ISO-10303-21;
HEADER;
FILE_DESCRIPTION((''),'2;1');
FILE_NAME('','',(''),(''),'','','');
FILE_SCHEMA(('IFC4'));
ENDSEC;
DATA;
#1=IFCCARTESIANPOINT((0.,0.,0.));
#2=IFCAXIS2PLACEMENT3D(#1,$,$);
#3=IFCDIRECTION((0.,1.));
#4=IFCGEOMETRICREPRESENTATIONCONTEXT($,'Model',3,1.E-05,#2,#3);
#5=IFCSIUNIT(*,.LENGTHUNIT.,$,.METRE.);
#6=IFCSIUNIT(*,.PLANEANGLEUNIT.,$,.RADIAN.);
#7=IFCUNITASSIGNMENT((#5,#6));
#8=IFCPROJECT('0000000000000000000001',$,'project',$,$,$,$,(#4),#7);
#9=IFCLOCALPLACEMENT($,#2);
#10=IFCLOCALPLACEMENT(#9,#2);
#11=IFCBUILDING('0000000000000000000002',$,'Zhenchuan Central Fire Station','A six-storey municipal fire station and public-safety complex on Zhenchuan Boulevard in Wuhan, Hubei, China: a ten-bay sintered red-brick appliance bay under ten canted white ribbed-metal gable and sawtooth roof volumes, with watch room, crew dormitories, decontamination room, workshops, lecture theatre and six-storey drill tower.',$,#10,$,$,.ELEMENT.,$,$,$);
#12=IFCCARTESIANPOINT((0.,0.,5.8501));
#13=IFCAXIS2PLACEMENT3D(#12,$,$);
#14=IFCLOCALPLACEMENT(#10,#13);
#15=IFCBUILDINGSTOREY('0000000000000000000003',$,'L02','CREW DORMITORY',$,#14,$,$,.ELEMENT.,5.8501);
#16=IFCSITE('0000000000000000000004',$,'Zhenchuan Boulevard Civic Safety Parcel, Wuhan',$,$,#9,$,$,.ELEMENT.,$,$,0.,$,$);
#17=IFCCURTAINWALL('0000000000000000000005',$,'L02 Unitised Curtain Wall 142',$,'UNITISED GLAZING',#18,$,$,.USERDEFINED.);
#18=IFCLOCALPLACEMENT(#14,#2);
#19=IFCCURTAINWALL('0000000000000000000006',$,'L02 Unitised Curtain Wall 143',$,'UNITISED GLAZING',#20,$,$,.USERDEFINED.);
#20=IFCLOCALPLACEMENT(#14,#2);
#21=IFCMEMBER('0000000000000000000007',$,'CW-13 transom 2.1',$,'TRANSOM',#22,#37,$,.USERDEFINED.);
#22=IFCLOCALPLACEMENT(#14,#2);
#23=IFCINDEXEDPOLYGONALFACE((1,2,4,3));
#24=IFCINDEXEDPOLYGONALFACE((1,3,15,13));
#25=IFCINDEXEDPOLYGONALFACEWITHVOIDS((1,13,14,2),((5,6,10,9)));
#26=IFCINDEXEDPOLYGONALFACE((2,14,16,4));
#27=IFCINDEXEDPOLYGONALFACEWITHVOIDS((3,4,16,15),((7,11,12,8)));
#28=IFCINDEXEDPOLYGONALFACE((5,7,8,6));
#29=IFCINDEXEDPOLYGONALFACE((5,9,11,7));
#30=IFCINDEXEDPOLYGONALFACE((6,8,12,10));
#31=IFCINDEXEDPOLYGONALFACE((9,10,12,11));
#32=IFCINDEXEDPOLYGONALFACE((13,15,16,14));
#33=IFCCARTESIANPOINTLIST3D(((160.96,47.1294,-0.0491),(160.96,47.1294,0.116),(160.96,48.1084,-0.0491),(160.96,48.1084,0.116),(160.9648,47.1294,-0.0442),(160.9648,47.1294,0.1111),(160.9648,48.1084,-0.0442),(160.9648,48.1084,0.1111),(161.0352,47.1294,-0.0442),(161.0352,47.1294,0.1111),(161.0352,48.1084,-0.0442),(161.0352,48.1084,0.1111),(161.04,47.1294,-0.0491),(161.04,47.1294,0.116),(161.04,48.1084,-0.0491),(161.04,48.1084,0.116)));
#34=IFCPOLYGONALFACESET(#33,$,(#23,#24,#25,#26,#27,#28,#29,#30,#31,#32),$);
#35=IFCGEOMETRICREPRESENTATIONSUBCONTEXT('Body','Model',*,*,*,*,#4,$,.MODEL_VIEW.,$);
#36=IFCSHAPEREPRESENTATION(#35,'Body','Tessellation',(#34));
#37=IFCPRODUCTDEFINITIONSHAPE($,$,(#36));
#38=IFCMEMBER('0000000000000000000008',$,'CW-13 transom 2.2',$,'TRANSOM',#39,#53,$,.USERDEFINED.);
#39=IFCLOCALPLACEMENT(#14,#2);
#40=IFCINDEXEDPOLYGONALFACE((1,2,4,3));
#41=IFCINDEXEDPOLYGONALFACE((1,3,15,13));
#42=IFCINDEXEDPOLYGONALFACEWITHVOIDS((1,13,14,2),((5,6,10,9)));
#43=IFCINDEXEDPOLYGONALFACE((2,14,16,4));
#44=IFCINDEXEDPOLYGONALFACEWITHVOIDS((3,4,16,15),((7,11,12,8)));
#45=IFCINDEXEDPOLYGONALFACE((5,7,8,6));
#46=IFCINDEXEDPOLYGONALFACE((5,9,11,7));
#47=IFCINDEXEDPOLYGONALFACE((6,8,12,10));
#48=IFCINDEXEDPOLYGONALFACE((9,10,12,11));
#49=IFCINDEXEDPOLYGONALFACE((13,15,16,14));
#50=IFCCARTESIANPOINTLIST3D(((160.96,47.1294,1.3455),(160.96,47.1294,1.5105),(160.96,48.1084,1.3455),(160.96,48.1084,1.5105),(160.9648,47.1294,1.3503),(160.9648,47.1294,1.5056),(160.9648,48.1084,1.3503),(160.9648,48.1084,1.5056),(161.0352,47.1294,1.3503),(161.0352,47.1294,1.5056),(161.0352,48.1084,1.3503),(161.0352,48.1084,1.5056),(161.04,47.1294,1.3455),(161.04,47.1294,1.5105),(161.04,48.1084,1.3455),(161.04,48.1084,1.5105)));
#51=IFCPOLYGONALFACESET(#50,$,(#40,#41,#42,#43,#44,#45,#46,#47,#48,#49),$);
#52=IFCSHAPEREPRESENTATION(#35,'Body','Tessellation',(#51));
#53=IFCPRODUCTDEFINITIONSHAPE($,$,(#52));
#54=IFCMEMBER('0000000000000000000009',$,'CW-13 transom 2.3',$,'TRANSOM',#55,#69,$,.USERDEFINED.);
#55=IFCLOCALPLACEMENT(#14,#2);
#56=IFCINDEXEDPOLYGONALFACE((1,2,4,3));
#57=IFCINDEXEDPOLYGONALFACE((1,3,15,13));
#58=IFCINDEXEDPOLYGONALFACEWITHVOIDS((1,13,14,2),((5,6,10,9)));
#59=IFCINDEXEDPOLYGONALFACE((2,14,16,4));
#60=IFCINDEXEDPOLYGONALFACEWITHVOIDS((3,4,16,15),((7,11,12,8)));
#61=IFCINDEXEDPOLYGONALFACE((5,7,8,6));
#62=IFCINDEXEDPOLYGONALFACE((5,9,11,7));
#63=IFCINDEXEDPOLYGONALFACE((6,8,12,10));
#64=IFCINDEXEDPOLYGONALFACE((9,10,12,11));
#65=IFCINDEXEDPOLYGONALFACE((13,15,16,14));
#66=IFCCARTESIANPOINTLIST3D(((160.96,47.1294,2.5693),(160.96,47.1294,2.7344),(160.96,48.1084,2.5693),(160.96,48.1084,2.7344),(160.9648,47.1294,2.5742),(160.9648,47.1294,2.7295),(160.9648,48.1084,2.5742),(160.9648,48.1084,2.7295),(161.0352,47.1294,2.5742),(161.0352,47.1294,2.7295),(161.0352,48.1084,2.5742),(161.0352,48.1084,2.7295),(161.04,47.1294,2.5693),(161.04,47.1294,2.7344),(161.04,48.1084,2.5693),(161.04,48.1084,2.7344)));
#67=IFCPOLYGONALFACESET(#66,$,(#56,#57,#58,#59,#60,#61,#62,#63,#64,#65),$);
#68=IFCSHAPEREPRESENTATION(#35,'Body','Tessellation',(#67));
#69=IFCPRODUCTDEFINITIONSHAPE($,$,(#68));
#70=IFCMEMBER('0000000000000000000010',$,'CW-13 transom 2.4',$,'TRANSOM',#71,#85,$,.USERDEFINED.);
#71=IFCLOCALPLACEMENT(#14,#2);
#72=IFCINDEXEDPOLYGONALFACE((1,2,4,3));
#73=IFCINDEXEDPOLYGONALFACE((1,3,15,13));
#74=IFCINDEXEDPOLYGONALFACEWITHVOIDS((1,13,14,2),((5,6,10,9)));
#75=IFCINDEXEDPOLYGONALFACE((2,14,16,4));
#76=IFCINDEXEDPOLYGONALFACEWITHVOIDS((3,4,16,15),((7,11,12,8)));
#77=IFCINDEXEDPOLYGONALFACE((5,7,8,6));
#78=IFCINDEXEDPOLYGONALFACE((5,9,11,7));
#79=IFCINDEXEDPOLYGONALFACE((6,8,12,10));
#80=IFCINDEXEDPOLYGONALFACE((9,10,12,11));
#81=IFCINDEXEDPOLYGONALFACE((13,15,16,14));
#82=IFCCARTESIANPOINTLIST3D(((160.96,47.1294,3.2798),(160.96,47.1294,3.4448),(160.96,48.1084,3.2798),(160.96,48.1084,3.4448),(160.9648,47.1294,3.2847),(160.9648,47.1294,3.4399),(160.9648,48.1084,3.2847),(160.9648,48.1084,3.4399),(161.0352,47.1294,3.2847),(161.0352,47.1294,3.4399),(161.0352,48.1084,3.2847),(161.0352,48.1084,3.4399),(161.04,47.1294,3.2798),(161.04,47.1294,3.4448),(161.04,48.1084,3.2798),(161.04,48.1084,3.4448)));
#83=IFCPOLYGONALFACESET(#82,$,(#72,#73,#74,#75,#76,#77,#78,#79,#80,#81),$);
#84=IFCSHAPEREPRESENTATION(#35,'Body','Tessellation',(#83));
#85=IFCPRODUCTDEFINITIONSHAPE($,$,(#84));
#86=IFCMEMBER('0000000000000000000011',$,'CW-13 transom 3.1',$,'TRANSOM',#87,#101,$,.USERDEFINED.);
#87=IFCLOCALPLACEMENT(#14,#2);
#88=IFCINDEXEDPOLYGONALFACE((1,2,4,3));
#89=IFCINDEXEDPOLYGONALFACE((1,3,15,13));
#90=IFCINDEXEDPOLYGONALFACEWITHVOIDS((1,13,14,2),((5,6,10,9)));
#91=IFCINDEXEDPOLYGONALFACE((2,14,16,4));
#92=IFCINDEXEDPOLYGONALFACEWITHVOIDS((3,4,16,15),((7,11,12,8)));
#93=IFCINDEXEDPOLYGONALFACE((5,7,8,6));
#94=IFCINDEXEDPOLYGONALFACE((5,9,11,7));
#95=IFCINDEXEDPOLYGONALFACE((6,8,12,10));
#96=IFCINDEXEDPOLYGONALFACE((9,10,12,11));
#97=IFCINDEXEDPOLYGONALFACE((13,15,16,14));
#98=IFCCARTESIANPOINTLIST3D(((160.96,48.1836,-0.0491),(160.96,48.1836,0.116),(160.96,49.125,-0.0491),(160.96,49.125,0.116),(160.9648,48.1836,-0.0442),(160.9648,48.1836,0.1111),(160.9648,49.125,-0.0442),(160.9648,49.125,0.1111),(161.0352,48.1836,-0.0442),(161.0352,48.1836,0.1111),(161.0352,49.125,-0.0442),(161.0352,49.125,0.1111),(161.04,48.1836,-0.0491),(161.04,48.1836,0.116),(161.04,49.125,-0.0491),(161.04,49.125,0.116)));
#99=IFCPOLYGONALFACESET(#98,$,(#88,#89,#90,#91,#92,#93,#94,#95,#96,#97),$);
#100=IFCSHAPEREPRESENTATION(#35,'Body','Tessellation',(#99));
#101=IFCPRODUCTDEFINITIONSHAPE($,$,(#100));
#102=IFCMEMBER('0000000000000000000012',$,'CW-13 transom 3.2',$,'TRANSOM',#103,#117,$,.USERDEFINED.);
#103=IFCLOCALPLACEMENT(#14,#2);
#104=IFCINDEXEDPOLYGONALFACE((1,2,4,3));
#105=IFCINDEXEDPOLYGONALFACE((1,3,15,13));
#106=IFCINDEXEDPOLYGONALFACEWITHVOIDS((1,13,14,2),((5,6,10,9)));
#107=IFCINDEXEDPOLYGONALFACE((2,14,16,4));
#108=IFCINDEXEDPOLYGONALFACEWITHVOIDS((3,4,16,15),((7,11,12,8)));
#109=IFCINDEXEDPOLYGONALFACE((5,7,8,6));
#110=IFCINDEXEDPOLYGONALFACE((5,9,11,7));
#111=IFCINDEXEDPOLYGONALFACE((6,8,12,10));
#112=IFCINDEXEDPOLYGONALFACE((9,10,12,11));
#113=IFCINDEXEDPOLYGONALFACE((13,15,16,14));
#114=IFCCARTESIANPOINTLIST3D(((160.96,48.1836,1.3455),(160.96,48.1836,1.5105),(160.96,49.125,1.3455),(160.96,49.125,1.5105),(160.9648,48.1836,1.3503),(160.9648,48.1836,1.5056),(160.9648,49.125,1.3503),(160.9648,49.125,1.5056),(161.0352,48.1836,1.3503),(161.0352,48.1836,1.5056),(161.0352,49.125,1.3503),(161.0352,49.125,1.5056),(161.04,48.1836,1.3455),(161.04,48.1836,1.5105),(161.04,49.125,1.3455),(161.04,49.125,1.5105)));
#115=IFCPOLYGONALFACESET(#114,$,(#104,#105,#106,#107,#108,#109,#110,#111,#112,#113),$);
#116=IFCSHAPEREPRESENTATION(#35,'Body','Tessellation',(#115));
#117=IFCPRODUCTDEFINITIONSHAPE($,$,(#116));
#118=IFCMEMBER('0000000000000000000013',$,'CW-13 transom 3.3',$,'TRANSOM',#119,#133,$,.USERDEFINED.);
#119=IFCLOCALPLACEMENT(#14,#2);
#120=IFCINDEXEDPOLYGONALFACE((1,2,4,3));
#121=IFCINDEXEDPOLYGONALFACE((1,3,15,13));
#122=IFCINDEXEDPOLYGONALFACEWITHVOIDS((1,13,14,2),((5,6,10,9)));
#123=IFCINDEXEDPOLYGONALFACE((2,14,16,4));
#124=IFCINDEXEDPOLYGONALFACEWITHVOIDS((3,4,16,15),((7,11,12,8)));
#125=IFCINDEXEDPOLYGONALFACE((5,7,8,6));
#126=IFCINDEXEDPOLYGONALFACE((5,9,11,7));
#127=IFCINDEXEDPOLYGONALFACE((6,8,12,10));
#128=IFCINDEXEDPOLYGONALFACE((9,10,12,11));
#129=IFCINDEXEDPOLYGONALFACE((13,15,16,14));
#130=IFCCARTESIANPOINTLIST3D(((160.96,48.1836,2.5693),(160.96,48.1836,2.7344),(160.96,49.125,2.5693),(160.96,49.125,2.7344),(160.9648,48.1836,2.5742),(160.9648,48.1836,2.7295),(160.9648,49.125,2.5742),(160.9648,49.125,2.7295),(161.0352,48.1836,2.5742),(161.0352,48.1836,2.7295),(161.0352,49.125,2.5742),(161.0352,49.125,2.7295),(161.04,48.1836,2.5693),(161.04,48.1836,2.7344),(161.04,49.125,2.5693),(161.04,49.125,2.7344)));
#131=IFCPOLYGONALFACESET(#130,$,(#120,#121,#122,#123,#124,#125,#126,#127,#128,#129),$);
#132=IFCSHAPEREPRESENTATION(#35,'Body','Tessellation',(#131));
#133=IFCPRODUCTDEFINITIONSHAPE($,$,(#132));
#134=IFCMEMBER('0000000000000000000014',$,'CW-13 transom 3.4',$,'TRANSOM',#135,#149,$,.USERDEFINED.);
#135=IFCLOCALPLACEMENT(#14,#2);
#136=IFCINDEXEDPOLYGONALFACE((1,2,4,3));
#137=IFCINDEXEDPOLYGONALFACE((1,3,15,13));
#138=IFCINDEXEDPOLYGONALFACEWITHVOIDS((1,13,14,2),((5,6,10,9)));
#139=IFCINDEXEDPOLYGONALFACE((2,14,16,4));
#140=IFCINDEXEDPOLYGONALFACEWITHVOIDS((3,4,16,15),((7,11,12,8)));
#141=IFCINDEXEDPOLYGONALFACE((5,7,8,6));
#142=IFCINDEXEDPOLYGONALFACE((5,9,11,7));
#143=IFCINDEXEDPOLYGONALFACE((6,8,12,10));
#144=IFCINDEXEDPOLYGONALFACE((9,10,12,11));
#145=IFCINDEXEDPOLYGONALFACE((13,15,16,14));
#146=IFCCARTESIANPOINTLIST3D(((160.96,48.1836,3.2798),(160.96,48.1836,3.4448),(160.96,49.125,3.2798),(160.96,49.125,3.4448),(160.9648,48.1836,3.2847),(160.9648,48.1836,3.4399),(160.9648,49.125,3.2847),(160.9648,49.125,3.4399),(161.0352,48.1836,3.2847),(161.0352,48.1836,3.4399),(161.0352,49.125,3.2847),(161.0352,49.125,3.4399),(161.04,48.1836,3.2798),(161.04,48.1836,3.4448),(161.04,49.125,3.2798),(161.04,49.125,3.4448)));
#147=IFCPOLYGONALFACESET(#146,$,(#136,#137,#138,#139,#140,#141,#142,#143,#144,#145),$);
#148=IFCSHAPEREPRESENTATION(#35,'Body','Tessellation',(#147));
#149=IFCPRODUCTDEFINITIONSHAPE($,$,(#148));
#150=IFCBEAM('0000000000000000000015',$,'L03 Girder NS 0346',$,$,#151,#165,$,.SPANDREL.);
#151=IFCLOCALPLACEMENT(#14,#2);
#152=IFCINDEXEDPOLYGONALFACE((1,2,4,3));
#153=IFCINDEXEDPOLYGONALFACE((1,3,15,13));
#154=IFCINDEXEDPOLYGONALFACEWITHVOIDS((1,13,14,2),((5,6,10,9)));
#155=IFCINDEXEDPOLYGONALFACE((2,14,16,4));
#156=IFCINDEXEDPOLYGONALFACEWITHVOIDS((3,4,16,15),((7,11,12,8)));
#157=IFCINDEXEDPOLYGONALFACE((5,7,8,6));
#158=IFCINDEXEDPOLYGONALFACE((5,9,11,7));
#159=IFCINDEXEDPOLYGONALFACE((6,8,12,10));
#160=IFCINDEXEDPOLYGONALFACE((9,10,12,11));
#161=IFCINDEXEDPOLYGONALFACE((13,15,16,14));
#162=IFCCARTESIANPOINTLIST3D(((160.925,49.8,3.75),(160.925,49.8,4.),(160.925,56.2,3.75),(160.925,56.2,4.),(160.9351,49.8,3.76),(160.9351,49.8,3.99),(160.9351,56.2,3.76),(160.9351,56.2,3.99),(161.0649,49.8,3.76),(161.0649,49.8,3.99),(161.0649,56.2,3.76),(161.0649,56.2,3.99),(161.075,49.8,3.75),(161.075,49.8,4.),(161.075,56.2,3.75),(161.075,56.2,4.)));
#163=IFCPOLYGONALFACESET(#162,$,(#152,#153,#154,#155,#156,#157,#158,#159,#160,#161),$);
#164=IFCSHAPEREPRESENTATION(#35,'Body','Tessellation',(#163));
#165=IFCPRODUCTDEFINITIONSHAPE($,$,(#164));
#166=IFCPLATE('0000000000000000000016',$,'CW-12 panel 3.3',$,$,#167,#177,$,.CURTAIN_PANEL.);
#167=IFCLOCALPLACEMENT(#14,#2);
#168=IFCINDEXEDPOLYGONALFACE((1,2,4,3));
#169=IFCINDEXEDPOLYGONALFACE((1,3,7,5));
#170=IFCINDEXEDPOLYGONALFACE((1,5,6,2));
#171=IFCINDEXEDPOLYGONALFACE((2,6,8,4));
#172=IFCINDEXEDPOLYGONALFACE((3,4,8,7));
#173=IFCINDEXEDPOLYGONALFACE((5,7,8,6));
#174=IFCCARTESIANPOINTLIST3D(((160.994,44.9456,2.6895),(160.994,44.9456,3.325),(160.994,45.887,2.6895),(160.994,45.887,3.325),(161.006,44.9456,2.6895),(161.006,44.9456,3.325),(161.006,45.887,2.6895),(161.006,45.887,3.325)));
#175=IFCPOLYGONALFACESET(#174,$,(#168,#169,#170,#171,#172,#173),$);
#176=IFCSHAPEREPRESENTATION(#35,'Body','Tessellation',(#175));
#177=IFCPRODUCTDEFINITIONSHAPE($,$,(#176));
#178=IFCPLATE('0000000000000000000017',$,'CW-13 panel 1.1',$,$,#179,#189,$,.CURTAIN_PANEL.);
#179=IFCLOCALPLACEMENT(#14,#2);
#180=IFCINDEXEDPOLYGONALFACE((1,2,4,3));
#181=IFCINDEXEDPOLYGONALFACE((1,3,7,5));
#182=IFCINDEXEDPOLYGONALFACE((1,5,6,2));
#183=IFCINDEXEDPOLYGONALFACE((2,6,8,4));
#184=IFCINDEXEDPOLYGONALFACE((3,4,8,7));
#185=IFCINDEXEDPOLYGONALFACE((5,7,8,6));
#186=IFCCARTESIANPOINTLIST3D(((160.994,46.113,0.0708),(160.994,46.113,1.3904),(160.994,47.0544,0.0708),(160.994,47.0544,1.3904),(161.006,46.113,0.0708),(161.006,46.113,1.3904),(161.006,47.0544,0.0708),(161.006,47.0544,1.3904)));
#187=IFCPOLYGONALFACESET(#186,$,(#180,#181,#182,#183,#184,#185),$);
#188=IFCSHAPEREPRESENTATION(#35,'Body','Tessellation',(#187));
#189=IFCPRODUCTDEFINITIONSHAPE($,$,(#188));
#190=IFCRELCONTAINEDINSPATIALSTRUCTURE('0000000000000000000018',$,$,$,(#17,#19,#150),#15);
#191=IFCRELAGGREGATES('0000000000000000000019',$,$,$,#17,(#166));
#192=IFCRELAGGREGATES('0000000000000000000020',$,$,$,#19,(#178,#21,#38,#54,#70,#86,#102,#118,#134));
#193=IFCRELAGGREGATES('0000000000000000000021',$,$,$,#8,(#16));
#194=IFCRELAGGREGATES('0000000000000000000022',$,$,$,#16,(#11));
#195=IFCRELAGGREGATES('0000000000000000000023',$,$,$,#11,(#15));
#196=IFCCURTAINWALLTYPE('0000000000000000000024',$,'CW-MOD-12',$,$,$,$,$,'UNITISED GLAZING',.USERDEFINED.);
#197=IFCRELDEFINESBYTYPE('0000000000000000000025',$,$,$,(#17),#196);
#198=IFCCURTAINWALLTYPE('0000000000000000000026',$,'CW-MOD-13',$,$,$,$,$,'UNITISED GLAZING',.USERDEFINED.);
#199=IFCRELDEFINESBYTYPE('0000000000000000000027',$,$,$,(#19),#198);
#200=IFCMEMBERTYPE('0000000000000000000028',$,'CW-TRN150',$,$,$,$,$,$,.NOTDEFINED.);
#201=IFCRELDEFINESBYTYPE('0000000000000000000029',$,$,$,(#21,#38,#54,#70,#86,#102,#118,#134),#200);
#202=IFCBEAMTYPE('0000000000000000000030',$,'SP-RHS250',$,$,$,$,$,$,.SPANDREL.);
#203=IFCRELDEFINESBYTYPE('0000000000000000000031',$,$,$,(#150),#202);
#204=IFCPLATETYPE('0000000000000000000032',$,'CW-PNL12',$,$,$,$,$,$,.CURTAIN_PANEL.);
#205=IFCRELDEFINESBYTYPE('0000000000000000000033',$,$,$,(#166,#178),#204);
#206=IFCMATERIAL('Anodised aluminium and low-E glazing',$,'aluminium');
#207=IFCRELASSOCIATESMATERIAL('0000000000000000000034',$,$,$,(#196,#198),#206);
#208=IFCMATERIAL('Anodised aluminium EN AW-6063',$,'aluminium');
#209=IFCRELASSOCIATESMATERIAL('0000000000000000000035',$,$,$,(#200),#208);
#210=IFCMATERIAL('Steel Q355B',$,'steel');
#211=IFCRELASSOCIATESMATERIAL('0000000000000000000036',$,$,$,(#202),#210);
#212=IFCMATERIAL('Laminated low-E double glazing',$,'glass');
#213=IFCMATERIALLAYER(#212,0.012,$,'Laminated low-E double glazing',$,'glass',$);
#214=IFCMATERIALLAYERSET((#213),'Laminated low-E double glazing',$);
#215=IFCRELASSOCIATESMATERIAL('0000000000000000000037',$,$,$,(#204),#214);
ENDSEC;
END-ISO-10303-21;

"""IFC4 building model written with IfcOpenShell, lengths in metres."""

from ifc_helpers import new_model, si_unit, direction, frame, origin, origin_2d, place, context, subcontext, project, spatial, rectangle, hollow_rectangle, extrude, material, layer, layer_set, material_profile, profile_set, type_object, element, aggregate, save


model = new_model("IFC4")

# Units and contexts
model_context = context("Model", 3, precision=1e-05, world=origin(), true_north=direction((0.0, 1.0)))
body_context = subcontext(model_context, "Body", "Model", "MODEL_VIEW")
ifc_project = project(units=[si_unit("LENGTHUNIT", "METRE"), si_unit("PLANEANGLEUNIT", "RADIAN")], contexts=[model_context])

# Site, building, storey
site_placement = place(None, origin())
site = spatial("IfcSite", under=ifc_project, at=site_placement, Name="Zhenchuan Boulevard Civic Safety Parcel, Wuhan", CompositionType="ELEMENT", RefElevation=0.0)
building_placement = place(site_placement, origin())
building = spatial("IfcBuilding", under=site, at=building_placement, Name="Zhenchuan Central Fire Station", Description="A six-storey municipal fire station and public-safety complex on Zhenchuan Boulevard in Wuhan, Hubei, China: a ten-bay sintered red-brick appliance bay under ten canted white ribbed-metal gable and sawtooth roof volumes, with watch room, crew dormitories, decontamination room, workshops, lecture theatre and six-storey drill tower.", CompositionType="ELEMENT")
storey_placement = place(building_placement, frame((0.0, 0.0, 5.8501)))
storey = spatial("IfcBuildingStorey", under=building, at=storey_placement, Name="L02", Description="CREW DORMITORY", CompositionType="ELEMENT", Elevation=5.8501)

# Curtain wall
ifc_material_1 = material(Name="Anodised aluminium and low-E glazing", Category="aluminium")
curtain_wall_type_1 = type_object("IfcCurtainWallType", Name="CW-MOD-12", ElementType="UNITISED GLAZING", PredefinedType="USERDEFINED", material=ifc_material_1)
curtain_wall_1_placement = place(storey_placement, origin())
curtain_wall_1 = element("IfcCurtainWall", 1, at=curtain_wall_1_placement, inside=storey, type_object=curtain_wall_type_1, Name="L02 Unitised Curtain Wall 142", ObjectType="UNITISED GLAZING", PredefinedType="USERDEFINED")
ifc_material_2 = material(Name="Anodised aluminium EN AW-6063", Category="aluminium")

# Curtain wall, members
curtain_wall_type_2 = type_object("IfcCurtainWallType", Name="CW-MOD-13", ElementType="UNITISED GLAZING", PredefinedType="USERDEFINED", material=ifc_material_1)
curtain_wall_2_placement = place(storey_placement, origin())
curtain_wall_2 = element("IfcCurtainWall", 2, at=curtain_wall_2_placement, inside=storey, type_object=curtain_wall_type_2, Name="L02 Unitised Curtain Wall 143", ObjectType="UNITISED GLAZING", PredefinedType="USERDEFINED")
ifc_material_profile_1 = material_profile(ifc_material_2, hollow_rectangle(XDim=0.0801, YDim=0.165, WallThickness=0.0049, at=origin_2d()), Name="ALU-T 165x80")
ifc_profile_set_1 = profile_set([ifc_material_profile_1], Name="Anodised aluminium EN AW-6063")
member_type_1 = type_object("IfcMemberType", Name="CW-TRN150", PredefinedType="NOTDEFINED", material=ifc_profile_set_1)
member_1_placement = place(storey_placement, frame((161.0, 47.1294, 0.0334), z_axis=(0.0, 1.0, 0.0), x_axis=(-1.0, 0.0, 0.0)))
member_1 = element("IfcMember", 3, at=member_1_placement, type_object=member_type_1, Name="CW-13 transom 2.1", ObjectType="TRANSOM", PredefinedType="USERDEFINED", context=body_context, shape_type="SweptSolid", body=[
    extrude(hollow_rectangle(XDim=0.0801, YDim=0.165, WallThickness=0.0049, at=origin_2d()), origin(), (0.0, 0.0, 1.0), 0.979),
])
member_2_placement = place(storey_placement, frame((161.0, 47.1294, 1.428), z_axis=(0.0, 1.0, 0.0), x_axis=(-1.0, 0.0, 0.0)))
member_2 = element("IfcMember", 4, at=member_2_placement, type_object=member_type_1, Name="CW-13 transom 2.2", ObjectType="TRANSOM", PredefinedType="USERDEFINED", context=body_context, shape_type="SweptSolid", body=[
    extrude(hollow_rectangle(XDim=0.0801, YDim=0.165, WallThickness=0.0049, at=origin_2d()), origin(), (0.0, 0.0, 1.0), 0.979),
])
member_3_placement = place(storey_placement, frame((161.0, 47.1294, 2.6519), z_axis=(0.0, 1.0, 0.0), x_axis=(-1.0, 0.0, 0.0)))
member_3 = element("IfcMember", 5, at=member_3_placement, type_object=member_type_1, Name="CW-13 transom 2.3", ObjectType="TRANSOM", PredefinedType="USERDEFINED", context=body_context, shape_type="SweptSolid", body=[
    extrude(hollow_rectangle(XDim=0.0801, YDim=0.165, WallThickness=0.0049, at=origin_2d()), origin(), (0.0, 0.0, 1.0), 0.979),
])
member_4_placement = place(storey_placement, frame((161.0, 47.1294, 3.3623), z_axis=(0.0, 1.0, 0.0), x_axis=(-1.0, 0.0, 0.0)))
member_4 = element("IfcMember", 6, at=member_4_placement, type_object=member_type_1, Name="CW-13 transom 2.4", ObjectType="TRANSOM", PredefinedType="USERDEFINED", context=body_context, shape_type="SweptSolid", body=[
    extrude(hollow_rectangle(XDim=0.0801, YDim=0.165, WallThickness=0.0049, at=origin_2d()), origin(), (0.0, 0.0, 1.0), 0.979),
])
member_5_placement = place(storey_placement, frame((161.0, 48.1836, 0.0334), z_axis=(0.0, 1.0, 0.0), x_axis=(-1.0, 0.0, 0.0)))
member_5 = element("IfcMember", 7, at=member_5_placement, type_object=member_type_1, Name="CW-13 transom 3.1", ObjectType="TRANSOM", PredefinedType="USERDEFINED", context=body_context, shape_type="SweptSolid", body=[
    extrude(hollow_rectangle(XDim=0.0801, YDim=0.165, WallThickness=0.0049, at=origin_2d()), origin(), (0.0, 0.0, 1.0), 0.9414),
])
member_6_placement = place(storey_placement, frame((161.0, 48.1836, 1.428), z_axis=(0.0, 1.0, 0.0), x_axis=(-1.0, 0.0, 0.0)))
member_6 = element("IfcMember", 8, at=member_6_placement, type_object=member_type_1, Name="CW-13 transom 3.2", ObjectType="TRANSOM", PredefinedType="USERDEFINED", context=body_context, shape_type="SweptSolid", body=[
    extrude(hollow_rectangle(XDim=0.0801, YDim=0.165, WallThickness=0.0049, at=origin_2d()), origin(), (0.0, 0.0, 1.0), 0.9414),
])
member_7_placement = place(storey_placement, frame((161.0, 48.1836, 2.6519), z_axis=(0.0, 1.0, 0.0), x_axis=(-1.0, 0.0, 0.0)))
member_7 = element("IfcMember", 9, at=member_7_placement, type_object=member_type_1, Name="CW-13 transom 3.3", ObjectType="TRANSOM", PredefinedType="USERDEFINED", context=body_context, shape_type="SweptSolid", body=[
    extrude(hollow_rectangle(XDim=0.0801, YDim=0.165, WallThickness=0.0049, at=origin_2d()), origin(), (0.0, 0.0, 1.0), 0.9414),
])
member_8_placement = place(storey_placement, frame((161.0, 48.1836, 3.3623), z_axis=(0.0, 1.0, 0.0), x_axis=(-1.0, 0.0, 0.0)))
member_8 = element("IfcMember", 10, at=member_8_placement, type_object=member_type_1, Name="CW-13 transom 3.4", ObjectType="TRANSOM", PredefinedType="USERDEFINED", context=body_context, shape_type="SweptSolid", body=[
    extrude(hollow_rectangle(XDim=0.0801, YDim=0.165, WallThickness=0.0049, at=origin_2d()), origin(), (0.0, 0.0, 1.0), 0.9414),
])

# Beam
ifc_material_3 = material(Name="Steel Q355B", Category="steel")
ifc_material_profile_2 = material_profile(ifc_material_3, hollow_rectangle(XDim=0.1499, YDim=0.25, WallThickness=0.01, at=origin_2d()), Name="RHS 250x150x10")
ifc_profile_set_2 = profile_set([ifc_material_profile_2], Name="Steel Q355B")
beam_type = type_object("IfcBeamType", Name="SP-RHS250", PredefinedType="SPANDREL", material=ifc_profile_set_2)
beam_placement = place(storey_placement, frame((161.0, 49.8, 3.875), z_axis=(0.0, 1.0, 0.0), x_axis=(-1.0, 0.0, 0.0)))
element("IfcBeam", 11, at=beam_placement, inside=storey, type_object=beam_type, Name="L03 Girder NS 0346", PredefinedType="SPANDREL", context=body_context, shape_type="SweptSolid", body=[
    extrude(hollow_rectangle(XDim=0.1499, YDim=0.25, WallThickness=0.01, at=origin_2d()), origin(), (0.0, 0.0, 1.0), 6.3999),
])

# Plates
ifc_material_4 = material(Name="Laminated low-E double glazing", Category="glass")
ifc_layer_1 = layer(ifc_material_4, 0.012, Name="Laminated low-E double glazing", Category="glass")
ifc_layer_set_1 = layer_set([ifc_layer_1], Name="Laminated low-E double glazing")
plate_type_1 = type_object("IfcPlateType", Name="CW-PNL12", PredefinedType="CURTAIN_PANEL", material=ifc_layer_set_1)
plate_1_placement = place(storey_placement, frame((161.0, 45.4163, 2.6895), z_axis=(0.0, 0.0, 1.0), x_axis=(0.0, 1.0, 0.0)))
plate_1 = element("IfcPlate", 12, at=plate_1_placement, type_object=plate_type_1, Name="CW-12 panel 3.3", PredefinedType="CURTAIN_PANEL", context=body_context, shape_type="SweptSolid", body=[
    extrude(rectangle(XDim=0.9414, YDim=0.012, at=origin_2d()), origin(), (0.0, 0.0, 1.0), 0.6355),
])
aggregate(curtain_wall_1, [plate_1])
plate_2_placement = place(storey_placement, frame((161.0, 46.5837, 0.0708), z_axis=(0.0, 0.0, 1.0), x_axis=(0.0, 1.0, 0.0)))
plate_2 = element("IfcPlate", 13, at=plate_2_placement, type_object=plate_type_1, Name="CW-13 panel 1.1", PredefinedType="CURTAIN_PANEL", context=body_context, shape_type="SweptSolid", body=[
    extrude(rectangle(XDim=0.9414, YDim=0.012, at=origin_2d()), origin(), (0.0, 0.0, 1.0), 1.3196),
])
aggregate(curtain_wall_2, [plate_2, member_1, member_2, member_3, member_4, member_5, member_6, member_7, member_8])

save(model, "model.ifc")
